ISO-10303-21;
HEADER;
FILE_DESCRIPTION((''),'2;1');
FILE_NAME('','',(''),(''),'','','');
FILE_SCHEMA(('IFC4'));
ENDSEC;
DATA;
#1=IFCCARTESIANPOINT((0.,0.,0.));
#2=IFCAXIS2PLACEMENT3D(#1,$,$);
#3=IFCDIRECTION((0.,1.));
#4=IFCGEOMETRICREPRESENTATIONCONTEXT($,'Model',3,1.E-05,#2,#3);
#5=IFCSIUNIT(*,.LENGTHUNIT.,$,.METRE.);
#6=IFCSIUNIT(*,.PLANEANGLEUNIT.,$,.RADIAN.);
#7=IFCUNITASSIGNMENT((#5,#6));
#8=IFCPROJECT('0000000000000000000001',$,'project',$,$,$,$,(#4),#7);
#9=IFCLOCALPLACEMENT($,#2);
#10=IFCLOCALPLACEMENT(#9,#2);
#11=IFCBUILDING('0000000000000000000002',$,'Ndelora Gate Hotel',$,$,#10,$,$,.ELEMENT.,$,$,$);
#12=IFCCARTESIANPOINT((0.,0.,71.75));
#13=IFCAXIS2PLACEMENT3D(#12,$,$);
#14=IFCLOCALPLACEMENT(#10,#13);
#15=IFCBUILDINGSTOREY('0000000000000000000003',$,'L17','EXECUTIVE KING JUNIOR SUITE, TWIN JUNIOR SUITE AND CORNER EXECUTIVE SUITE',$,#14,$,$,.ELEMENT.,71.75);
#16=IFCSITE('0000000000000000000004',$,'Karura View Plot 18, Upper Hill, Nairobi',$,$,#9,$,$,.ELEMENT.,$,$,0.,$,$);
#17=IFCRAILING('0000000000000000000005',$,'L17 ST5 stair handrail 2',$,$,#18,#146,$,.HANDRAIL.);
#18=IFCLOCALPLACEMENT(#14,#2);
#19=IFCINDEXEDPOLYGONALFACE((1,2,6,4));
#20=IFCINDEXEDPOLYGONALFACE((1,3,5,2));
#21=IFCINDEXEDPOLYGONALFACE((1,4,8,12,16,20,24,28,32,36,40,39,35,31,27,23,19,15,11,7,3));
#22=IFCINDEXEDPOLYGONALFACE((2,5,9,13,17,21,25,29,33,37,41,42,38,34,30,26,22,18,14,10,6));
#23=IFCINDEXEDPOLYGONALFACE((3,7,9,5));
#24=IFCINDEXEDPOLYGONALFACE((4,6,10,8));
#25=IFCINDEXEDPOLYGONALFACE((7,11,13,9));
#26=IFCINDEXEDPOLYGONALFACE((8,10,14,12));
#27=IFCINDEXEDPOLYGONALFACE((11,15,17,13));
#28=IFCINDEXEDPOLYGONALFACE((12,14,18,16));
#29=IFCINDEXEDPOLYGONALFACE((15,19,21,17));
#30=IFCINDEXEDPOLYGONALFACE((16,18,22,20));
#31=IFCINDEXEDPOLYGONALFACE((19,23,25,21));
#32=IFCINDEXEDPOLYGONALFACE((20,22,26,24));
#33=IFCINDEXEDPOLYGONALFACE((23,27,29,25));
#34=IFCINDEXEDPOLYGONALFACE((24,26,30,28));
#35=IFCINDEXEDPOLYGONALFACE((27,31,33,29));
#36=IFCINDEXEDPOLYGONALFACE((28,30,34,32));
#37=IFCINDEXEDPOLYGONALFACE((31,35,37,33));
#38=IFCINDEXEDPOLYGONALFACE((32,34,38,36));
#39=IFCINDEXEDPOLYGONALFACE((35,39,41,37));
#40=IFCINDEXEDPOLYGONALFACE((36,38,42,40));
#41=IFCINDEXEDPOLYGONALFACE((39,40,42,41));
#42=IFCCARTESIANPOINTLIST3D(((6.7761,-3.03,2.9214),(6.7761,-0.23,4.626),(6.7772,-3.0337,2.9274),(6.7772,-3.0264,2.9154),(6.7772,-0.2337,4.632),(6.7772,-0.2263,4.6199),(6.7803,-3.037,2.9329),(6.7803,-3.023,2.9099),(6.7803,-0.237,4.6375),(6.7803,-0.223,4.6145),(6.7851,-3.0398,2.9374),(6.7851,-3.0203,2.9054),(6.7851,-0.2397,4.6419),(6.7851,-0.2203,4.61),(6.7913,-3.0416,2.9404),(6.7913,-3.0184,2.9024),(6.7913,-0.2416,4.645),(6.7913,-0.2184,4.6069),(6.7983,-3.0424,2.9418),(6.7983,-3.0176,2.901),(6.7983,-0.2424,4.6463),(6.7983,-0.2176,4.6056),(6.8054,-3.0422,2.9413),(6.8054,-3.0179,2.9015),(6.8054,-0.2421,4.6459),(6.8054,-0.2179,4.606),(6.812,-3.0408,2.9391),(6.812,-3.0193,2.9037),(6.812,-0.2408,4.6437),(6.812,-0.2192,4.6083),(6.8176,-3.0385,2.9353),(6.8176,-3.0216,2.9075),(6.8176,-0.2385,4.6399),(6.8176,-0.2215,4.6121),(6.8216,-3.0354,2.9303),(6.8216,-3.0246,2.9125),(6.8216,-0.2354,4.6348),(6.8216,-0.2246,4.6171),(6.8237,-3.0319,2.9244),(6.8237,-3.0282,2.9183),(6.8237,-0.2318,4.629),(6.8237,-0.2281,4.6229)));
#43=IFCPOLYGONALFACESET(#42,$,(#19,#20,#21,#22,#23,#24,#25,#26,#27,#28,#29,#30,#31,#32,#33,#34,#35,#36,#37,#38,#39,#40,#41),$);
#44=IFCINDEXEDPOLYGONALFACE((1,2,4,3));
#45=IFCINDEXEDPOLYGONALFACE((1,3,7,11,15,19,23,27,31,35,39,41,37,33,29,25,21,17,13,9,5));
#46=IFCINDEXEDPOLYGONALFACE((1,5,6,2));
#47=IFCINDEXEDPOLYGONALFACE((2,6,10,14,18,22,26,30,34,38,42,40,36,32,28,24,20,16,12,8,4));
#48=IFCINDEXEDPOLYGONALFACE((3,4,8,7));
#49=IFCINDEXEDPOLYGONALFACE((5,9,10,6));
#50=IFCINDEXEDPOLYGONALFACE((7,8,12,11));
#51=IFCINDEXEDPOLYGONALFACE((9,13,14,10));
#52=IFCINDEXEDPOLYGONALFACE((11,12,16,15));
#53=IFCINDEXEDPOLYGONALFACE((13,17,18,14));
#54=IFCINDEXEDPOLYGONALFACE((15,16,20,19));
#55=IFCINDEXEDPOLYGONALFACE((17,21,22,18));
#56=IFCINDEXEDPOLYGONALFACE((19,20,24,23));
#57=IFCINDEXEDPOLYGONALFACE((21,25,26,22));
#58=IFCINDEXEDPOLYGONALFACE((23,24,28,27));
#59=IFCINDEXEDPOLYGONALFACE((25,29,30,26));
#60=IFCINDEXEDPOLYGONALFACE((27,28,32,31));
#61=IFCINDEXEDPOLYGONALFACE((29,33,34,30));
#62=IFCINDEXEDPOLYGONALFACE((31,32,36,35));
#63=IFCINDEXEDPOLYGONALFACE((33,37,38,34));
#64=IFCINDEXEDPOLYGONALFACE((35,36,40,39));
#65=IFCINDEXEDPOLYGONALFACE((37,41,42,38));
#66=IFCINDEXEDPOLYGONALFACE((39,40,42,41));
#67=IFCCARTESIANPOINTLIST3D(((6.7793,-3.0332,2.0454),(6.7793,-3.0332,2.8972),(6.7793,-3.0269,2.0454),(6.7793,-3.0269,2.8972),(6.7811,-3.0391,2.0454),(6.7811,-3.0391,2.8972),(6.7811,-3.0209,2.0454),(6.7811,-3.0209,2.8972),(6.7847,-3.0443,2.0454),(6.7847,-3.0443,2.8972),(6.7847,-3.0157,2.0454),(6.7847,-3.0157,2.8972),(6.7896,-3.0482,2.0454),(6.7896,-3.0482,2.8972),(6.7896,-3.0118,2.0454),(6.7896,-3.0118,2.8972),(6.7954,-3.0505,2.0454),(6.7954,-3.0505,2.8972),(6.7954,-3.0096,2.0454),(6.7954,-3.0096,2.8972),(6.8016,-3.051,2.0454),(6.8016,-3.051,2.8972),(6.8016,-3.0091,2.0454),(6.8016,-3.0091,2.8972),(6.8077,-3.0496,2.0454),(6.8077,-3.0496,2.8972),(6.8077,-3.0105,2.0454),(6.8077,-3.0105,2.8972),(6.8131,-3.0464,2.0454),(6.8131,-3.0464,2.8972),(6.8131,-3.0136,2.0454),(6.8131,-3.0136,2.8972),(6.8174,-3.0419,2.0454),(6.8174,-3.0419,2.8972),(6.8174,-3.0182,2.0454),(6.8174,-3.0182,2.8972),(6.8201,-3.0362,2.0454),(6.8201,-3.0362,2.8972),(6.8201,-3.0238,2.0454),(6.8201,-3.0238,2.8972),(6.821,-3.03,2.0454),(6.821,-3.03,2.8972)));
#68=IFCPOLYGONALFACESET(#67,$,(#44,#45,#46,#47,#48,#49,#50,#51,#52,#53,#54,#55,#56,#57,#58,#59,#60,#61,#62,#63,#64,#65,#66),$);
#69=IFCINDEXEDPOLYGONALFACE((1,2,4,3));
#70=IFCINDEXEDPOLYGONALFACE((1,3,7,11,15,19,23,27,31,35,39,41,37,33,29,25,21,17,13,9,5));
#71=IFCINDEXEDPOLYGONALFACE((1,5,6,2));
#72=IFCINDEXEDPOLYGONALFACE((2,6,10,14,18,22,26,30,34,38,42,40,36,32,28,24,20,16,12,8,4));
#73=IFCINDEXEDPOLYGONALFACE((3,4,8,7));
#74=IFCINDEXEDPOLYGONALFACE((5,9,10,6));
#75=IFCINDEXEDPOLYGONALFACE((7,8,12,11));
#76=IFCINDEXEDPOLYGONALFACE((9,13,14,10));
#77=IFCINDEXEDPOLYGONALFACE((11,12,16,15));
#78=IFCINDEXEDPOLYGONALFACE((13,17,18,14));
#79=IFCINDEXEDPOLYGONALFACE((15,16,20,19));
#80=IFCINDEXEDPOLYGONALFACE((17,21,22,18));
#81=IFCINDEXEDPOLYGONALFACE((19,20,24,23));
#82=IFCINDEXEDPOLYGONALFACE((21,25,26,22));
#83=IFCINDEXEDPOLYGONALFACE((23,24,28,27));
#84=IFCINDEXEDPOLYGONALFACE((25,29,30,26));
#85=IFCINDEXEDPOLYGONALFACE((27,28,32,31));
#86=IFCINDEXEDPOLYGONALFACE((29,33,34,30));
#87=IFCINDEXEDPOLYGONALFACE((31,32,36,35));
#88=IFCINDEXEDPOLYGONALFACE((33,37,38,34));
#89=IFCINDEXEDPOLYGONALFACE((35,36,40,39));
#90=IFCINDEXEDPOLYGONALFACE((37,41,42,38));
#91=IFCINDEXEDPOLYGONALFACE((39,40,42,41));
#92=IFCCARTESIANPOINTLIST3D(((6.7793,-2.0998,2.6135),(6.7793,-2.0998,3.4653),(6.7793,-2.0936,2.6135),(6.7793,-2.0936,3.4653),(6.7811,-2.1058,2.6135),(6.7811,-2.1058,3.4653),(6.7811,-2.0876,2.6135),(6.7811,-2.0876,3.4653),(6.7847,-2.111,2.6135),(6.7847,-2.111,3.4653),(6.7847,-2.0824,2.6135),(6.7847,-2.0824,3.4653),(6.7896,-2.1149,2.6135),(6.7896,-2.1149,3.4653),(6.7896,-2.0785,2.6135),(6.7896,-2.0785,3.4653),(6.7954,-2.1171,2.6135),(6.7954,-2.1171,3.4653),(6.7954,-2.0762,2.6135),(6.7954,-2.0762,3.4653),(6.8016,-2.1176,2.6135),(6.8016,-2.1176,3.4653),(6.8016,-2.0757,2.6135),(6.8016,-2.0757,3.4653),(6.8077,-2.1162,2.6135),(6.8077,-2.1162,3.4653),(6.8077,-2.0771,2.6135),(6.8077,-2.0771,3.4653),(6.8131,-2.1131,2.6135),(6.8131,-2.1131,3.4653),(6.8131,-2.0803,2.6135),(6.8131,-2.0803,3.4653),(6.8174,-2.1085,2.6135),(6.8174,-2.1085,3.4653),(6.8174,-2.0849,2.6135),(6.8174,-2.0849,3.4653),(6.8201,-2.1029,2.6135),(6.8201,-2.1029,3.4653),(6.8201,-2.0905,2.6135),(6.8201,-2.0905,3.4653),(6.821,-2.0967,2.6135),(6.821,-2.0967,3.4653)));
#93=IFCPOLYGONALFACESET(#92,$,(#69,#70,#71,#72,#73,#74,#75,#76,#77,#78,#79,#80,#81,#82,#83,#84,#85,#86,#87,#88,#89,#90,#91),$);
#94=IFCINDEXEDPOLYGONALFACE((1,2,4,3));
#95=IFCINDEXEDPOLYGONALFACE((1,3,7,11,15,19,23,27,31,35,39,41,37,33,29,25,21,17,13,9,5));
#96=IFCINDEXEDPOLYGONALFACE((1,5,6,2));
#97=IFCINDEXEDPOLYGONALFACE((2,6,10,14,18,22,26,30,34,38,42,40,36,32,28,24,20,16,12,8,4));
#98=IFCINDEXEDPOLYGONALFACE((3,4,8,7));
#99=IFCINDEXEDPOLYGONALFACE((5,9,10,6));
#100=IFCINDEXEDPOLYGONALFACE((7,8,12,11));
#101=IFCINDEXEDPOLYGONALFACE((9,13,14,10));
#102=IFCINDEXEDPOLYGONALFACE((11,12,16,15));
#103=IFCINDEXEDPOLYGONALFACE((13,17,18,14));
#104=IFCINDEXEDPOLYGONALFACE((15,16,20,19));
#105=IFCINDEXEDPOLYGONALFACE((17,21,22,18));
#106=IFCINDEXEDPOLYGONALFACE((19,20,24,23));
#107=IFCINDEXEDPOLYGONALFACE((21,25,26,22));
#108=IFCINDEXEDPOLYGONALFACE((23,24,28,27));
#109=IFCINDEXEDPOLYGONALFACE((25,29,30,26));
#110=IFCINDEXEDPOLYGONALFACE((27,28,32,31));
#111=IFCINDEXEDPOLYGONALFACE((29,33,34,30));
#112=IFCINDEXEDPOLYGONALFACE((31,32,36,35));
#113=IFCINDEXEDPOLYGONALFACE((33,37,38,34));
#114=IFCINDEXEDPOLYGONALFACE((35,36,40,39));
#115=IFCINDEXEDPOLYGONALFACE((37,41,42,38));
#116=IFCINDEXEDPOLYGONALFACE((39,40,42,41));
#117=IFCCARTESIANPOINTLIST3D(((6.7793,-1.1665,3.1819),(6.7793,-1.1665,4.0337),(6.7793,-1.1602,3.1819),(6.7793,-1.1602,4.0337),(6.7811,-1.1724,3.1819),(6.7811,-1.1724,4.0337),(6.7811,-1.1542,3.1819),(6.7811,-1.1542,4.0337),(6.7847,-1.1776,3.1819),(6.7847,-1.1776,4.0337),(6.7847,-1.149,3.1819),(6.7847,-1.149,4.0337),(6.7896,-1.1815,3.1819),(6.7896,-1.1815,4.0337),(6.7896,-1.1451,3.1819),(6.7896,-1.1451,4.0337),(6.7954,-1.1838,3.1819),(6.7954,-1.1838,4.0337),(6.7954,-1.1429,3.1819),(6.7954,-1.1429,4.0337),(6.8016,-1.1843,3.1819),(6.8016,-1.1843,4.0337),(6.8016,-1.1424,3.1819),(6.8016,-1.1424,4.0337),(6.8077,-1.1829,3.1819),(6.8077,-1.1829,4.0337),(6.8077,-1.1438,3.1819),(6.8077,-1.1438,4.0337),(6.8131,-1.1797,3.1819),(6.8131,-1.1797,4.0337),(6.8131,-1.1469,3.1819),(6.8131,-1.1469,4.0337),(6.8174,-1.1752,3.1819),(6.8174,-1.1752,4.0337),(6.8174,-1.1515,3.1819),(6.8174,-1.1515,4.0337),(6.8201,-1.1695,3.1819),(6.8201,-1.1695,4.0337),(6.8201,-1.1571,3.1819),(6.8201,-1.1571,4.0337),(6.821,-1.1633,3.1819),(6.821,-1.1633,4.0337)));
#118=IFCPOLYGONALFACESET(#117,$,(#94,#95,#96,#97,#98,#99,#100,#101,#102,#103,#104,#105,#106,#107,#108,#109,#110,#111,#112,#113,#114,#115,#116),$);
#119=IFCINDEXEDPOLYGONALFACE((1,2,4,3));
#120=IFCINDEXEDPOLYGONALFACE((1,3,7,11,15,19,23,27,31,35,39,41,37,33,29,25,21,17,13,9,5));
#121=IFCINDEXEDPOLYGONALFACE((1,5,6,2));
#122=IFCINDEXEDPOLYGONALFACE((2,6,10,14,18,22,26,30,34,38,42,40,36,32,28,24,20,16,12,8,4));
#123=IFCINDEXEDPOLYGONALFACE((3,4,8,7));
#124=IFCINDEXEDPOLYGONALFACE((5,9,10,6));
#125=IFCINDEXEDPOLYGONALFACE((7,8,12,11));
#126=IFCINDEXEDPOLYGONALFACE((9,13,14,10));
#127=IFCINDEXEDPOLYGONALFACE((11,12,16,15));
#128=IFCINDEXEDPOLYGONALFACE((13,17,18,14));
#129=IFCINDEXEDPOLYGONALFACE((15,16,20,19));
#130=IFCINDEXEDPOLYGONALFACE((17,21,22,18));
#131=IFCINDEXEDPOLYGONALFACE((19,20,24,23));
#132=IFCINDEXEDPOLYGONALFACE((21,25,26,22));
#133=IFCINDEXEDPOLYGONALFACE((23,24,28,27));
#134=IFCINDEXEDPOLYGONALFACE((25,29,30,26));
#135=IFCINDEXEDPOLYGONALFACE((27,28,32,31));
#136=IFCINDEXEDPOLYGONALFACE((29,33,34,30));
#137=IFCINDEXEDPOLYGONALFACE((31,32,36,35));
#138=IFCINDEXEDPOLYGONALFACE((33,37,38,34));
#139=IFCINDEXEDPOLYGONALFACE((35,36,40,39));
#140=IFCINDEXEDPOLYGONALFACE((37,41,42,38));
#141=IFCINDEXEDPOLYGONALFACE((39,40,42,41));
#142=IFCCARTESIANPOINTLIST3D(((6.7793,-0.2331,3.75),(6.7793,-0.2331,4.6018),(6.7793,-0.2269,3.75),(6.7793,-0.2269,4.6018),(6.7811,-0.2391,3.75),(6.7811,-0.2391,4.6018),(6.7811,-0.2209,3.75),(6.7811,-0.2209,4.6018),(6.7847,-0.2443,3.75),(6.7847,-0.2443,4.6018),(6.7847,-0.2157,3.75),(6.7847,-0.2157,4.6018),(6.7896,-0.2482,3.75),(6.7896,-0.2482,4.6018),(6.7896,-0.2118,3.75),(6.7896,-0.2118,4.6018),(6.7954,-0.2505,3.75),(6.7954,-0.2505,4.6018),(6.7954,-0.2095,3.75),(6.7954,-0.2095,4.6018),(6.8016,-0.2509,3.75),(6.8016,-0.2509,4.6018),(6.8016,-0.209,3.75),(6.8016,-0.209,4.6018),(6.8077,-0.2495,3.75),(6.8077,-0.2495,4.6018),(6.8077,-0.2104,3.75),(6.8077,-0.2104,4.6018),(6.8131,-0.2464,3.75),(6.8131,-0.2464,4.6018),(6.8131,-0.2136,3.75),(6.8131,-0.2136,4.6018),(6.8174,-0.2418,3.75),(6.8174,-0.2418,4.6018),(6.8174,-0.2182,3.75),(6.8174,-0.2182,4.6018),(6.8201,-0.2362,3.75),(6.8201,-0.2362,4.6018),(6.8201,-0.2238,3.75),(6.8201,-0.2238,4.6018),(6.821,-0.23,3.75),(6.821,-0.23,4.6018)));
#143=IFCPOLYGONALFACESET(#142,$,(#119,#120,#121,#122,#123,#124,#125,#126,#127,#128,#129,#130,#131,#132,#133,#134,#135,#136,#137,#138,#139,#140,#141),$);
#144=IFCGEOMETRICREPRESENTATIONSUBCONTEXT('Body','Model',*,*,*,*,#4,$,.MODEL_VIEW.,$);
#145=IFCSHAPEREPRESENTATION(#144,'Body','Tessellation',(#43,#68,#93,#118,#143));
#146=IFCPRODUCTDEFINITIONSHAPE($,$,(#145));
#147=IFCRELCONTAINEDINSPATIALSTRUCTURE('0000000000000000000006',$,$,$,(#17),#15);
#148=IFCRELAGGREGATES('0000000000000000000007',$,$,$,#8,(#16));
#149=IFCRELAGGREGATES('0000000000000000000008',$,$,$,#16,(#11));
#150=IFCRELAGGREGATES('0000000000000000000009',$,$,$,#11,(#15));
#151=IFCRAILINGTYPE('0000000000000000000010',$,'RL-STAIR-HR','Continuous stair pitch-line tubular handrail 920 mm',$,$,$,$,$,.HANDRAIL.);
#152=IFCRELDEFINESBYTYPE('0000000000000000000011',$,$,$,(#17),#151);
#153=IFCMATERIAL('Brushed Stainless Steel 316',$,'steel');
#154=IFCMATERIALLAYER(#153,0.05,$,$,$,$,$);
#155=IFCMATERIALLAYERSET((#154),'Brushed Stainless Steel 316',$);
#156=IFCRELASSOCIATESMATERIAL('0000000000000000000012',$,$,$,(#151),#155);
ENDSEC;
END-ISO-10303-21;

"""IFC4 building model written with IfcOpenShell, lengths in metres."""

from ifc_helpers import new_model, si_unit, direction, frame, origin, origin_2d, place, context, subcontext, project, spatial, circle, extrude, material, layer, layer_set, type_object, element, save


model = new_model("IFC4")

# Units and contexts
model_context = context("Model", 3, precision=1e-05, world=origin(), true_north=direction((0.0, 1.0)))
body_context = subcontext(model_context, "Body", "Model", "MODEL_VIEW")
ifc_project = project(units=[si_unit("LENGTHUNIT", "METRE"), si_unit("PLANEANGLEUNIT", "RADIAN")], contexts=[model_context])

# Site, building, storey
site_placement = place(None, origin())
site = spatial("IfcSite", under=ifc_project, at=site_placement, Name="Karura View Plot 18, Upper Hill, Nairobi", CompositionType="ELEMENT", RefElevation=0.0)
building_placement = place(site_placement, origin())
building = spatial("IfcBuilding", under=site, at=building_placement, Name="Ndelora Gate Hotel", CompositionType="ELEMENT")
storey_placement = place(building_placement, frame((0.0, 0.0, 71.75)))
storey = spatial("IfcBuildingStorey", under=building, at=storey_placement, Name="L17", Description="EXECUTIVE KING JUNIOR SUITE, TWIN JUNIOR SUITE AND CORNER EXECUTIVE SUITE", CompositionType="ELEMENT", Elevation=71.75)

# Railing
ifc_material_1 = material(Name="Brushed Stainless Steel 316", Category="steel")
ifc_layer_1 = layer(ifc_material_1, 0.05)
ifc_layer_set_1 = layer_set([ifc_layer_1], Name="Brushed Stainless Steel 316")
railing_type_1 = type_object("IfcRailingType", Name="RL-STAIR-HR", Description="Continuous stair pitch-line tubular handrail 920 mm", PredefinedType="HANDRAIL", material=ifc_layer_set_1)
railing_1_placement = place(storey_placement, frame((6.8, -3.03, 2.0454)))
element("IfcRailing", 1, at=railing_1_placement, inside=storey, type_object=railing_type_1, Name="L17 ST5 stair handrail 2", PredefinedType="HANDRAIL", context=body_context, shape_type="SweptSolid", body=[
    extrude(circle(Radius=0.0239, at=origin_2d()), frame((0.0, 0.0, 0.876), z_axis=(0.0, 0.85417, 0.519994), x_axis=(-1.0, 0.0, 0.0)), (0.0, 0.0, 1.0), 3.2781),
    extrude(circle(Radius=0.021, at=origin_2d()), origin(), (0.0, 0.0, 1.0), 0.8518),
    extrude(circle(Radius=0.021, at=origin_2d()), frame((0.0, 0.9333, 0.5681)), (0.0, 0.0, 1.0), 0.8518),
    extrude(circle(Radius=0.021, at=origin_2d()), frame((0.0, 1.8667, 1.1365)), (0.0, 0.0, 1.0), 0.8518),
    extrude(circle(Radius=0.021, at=origin_2d()), frame((0.0, 2.8, 1.7046)), (0.0, 0.0, 1.0), 0.8518),
])

save(model, "model.ifc")
